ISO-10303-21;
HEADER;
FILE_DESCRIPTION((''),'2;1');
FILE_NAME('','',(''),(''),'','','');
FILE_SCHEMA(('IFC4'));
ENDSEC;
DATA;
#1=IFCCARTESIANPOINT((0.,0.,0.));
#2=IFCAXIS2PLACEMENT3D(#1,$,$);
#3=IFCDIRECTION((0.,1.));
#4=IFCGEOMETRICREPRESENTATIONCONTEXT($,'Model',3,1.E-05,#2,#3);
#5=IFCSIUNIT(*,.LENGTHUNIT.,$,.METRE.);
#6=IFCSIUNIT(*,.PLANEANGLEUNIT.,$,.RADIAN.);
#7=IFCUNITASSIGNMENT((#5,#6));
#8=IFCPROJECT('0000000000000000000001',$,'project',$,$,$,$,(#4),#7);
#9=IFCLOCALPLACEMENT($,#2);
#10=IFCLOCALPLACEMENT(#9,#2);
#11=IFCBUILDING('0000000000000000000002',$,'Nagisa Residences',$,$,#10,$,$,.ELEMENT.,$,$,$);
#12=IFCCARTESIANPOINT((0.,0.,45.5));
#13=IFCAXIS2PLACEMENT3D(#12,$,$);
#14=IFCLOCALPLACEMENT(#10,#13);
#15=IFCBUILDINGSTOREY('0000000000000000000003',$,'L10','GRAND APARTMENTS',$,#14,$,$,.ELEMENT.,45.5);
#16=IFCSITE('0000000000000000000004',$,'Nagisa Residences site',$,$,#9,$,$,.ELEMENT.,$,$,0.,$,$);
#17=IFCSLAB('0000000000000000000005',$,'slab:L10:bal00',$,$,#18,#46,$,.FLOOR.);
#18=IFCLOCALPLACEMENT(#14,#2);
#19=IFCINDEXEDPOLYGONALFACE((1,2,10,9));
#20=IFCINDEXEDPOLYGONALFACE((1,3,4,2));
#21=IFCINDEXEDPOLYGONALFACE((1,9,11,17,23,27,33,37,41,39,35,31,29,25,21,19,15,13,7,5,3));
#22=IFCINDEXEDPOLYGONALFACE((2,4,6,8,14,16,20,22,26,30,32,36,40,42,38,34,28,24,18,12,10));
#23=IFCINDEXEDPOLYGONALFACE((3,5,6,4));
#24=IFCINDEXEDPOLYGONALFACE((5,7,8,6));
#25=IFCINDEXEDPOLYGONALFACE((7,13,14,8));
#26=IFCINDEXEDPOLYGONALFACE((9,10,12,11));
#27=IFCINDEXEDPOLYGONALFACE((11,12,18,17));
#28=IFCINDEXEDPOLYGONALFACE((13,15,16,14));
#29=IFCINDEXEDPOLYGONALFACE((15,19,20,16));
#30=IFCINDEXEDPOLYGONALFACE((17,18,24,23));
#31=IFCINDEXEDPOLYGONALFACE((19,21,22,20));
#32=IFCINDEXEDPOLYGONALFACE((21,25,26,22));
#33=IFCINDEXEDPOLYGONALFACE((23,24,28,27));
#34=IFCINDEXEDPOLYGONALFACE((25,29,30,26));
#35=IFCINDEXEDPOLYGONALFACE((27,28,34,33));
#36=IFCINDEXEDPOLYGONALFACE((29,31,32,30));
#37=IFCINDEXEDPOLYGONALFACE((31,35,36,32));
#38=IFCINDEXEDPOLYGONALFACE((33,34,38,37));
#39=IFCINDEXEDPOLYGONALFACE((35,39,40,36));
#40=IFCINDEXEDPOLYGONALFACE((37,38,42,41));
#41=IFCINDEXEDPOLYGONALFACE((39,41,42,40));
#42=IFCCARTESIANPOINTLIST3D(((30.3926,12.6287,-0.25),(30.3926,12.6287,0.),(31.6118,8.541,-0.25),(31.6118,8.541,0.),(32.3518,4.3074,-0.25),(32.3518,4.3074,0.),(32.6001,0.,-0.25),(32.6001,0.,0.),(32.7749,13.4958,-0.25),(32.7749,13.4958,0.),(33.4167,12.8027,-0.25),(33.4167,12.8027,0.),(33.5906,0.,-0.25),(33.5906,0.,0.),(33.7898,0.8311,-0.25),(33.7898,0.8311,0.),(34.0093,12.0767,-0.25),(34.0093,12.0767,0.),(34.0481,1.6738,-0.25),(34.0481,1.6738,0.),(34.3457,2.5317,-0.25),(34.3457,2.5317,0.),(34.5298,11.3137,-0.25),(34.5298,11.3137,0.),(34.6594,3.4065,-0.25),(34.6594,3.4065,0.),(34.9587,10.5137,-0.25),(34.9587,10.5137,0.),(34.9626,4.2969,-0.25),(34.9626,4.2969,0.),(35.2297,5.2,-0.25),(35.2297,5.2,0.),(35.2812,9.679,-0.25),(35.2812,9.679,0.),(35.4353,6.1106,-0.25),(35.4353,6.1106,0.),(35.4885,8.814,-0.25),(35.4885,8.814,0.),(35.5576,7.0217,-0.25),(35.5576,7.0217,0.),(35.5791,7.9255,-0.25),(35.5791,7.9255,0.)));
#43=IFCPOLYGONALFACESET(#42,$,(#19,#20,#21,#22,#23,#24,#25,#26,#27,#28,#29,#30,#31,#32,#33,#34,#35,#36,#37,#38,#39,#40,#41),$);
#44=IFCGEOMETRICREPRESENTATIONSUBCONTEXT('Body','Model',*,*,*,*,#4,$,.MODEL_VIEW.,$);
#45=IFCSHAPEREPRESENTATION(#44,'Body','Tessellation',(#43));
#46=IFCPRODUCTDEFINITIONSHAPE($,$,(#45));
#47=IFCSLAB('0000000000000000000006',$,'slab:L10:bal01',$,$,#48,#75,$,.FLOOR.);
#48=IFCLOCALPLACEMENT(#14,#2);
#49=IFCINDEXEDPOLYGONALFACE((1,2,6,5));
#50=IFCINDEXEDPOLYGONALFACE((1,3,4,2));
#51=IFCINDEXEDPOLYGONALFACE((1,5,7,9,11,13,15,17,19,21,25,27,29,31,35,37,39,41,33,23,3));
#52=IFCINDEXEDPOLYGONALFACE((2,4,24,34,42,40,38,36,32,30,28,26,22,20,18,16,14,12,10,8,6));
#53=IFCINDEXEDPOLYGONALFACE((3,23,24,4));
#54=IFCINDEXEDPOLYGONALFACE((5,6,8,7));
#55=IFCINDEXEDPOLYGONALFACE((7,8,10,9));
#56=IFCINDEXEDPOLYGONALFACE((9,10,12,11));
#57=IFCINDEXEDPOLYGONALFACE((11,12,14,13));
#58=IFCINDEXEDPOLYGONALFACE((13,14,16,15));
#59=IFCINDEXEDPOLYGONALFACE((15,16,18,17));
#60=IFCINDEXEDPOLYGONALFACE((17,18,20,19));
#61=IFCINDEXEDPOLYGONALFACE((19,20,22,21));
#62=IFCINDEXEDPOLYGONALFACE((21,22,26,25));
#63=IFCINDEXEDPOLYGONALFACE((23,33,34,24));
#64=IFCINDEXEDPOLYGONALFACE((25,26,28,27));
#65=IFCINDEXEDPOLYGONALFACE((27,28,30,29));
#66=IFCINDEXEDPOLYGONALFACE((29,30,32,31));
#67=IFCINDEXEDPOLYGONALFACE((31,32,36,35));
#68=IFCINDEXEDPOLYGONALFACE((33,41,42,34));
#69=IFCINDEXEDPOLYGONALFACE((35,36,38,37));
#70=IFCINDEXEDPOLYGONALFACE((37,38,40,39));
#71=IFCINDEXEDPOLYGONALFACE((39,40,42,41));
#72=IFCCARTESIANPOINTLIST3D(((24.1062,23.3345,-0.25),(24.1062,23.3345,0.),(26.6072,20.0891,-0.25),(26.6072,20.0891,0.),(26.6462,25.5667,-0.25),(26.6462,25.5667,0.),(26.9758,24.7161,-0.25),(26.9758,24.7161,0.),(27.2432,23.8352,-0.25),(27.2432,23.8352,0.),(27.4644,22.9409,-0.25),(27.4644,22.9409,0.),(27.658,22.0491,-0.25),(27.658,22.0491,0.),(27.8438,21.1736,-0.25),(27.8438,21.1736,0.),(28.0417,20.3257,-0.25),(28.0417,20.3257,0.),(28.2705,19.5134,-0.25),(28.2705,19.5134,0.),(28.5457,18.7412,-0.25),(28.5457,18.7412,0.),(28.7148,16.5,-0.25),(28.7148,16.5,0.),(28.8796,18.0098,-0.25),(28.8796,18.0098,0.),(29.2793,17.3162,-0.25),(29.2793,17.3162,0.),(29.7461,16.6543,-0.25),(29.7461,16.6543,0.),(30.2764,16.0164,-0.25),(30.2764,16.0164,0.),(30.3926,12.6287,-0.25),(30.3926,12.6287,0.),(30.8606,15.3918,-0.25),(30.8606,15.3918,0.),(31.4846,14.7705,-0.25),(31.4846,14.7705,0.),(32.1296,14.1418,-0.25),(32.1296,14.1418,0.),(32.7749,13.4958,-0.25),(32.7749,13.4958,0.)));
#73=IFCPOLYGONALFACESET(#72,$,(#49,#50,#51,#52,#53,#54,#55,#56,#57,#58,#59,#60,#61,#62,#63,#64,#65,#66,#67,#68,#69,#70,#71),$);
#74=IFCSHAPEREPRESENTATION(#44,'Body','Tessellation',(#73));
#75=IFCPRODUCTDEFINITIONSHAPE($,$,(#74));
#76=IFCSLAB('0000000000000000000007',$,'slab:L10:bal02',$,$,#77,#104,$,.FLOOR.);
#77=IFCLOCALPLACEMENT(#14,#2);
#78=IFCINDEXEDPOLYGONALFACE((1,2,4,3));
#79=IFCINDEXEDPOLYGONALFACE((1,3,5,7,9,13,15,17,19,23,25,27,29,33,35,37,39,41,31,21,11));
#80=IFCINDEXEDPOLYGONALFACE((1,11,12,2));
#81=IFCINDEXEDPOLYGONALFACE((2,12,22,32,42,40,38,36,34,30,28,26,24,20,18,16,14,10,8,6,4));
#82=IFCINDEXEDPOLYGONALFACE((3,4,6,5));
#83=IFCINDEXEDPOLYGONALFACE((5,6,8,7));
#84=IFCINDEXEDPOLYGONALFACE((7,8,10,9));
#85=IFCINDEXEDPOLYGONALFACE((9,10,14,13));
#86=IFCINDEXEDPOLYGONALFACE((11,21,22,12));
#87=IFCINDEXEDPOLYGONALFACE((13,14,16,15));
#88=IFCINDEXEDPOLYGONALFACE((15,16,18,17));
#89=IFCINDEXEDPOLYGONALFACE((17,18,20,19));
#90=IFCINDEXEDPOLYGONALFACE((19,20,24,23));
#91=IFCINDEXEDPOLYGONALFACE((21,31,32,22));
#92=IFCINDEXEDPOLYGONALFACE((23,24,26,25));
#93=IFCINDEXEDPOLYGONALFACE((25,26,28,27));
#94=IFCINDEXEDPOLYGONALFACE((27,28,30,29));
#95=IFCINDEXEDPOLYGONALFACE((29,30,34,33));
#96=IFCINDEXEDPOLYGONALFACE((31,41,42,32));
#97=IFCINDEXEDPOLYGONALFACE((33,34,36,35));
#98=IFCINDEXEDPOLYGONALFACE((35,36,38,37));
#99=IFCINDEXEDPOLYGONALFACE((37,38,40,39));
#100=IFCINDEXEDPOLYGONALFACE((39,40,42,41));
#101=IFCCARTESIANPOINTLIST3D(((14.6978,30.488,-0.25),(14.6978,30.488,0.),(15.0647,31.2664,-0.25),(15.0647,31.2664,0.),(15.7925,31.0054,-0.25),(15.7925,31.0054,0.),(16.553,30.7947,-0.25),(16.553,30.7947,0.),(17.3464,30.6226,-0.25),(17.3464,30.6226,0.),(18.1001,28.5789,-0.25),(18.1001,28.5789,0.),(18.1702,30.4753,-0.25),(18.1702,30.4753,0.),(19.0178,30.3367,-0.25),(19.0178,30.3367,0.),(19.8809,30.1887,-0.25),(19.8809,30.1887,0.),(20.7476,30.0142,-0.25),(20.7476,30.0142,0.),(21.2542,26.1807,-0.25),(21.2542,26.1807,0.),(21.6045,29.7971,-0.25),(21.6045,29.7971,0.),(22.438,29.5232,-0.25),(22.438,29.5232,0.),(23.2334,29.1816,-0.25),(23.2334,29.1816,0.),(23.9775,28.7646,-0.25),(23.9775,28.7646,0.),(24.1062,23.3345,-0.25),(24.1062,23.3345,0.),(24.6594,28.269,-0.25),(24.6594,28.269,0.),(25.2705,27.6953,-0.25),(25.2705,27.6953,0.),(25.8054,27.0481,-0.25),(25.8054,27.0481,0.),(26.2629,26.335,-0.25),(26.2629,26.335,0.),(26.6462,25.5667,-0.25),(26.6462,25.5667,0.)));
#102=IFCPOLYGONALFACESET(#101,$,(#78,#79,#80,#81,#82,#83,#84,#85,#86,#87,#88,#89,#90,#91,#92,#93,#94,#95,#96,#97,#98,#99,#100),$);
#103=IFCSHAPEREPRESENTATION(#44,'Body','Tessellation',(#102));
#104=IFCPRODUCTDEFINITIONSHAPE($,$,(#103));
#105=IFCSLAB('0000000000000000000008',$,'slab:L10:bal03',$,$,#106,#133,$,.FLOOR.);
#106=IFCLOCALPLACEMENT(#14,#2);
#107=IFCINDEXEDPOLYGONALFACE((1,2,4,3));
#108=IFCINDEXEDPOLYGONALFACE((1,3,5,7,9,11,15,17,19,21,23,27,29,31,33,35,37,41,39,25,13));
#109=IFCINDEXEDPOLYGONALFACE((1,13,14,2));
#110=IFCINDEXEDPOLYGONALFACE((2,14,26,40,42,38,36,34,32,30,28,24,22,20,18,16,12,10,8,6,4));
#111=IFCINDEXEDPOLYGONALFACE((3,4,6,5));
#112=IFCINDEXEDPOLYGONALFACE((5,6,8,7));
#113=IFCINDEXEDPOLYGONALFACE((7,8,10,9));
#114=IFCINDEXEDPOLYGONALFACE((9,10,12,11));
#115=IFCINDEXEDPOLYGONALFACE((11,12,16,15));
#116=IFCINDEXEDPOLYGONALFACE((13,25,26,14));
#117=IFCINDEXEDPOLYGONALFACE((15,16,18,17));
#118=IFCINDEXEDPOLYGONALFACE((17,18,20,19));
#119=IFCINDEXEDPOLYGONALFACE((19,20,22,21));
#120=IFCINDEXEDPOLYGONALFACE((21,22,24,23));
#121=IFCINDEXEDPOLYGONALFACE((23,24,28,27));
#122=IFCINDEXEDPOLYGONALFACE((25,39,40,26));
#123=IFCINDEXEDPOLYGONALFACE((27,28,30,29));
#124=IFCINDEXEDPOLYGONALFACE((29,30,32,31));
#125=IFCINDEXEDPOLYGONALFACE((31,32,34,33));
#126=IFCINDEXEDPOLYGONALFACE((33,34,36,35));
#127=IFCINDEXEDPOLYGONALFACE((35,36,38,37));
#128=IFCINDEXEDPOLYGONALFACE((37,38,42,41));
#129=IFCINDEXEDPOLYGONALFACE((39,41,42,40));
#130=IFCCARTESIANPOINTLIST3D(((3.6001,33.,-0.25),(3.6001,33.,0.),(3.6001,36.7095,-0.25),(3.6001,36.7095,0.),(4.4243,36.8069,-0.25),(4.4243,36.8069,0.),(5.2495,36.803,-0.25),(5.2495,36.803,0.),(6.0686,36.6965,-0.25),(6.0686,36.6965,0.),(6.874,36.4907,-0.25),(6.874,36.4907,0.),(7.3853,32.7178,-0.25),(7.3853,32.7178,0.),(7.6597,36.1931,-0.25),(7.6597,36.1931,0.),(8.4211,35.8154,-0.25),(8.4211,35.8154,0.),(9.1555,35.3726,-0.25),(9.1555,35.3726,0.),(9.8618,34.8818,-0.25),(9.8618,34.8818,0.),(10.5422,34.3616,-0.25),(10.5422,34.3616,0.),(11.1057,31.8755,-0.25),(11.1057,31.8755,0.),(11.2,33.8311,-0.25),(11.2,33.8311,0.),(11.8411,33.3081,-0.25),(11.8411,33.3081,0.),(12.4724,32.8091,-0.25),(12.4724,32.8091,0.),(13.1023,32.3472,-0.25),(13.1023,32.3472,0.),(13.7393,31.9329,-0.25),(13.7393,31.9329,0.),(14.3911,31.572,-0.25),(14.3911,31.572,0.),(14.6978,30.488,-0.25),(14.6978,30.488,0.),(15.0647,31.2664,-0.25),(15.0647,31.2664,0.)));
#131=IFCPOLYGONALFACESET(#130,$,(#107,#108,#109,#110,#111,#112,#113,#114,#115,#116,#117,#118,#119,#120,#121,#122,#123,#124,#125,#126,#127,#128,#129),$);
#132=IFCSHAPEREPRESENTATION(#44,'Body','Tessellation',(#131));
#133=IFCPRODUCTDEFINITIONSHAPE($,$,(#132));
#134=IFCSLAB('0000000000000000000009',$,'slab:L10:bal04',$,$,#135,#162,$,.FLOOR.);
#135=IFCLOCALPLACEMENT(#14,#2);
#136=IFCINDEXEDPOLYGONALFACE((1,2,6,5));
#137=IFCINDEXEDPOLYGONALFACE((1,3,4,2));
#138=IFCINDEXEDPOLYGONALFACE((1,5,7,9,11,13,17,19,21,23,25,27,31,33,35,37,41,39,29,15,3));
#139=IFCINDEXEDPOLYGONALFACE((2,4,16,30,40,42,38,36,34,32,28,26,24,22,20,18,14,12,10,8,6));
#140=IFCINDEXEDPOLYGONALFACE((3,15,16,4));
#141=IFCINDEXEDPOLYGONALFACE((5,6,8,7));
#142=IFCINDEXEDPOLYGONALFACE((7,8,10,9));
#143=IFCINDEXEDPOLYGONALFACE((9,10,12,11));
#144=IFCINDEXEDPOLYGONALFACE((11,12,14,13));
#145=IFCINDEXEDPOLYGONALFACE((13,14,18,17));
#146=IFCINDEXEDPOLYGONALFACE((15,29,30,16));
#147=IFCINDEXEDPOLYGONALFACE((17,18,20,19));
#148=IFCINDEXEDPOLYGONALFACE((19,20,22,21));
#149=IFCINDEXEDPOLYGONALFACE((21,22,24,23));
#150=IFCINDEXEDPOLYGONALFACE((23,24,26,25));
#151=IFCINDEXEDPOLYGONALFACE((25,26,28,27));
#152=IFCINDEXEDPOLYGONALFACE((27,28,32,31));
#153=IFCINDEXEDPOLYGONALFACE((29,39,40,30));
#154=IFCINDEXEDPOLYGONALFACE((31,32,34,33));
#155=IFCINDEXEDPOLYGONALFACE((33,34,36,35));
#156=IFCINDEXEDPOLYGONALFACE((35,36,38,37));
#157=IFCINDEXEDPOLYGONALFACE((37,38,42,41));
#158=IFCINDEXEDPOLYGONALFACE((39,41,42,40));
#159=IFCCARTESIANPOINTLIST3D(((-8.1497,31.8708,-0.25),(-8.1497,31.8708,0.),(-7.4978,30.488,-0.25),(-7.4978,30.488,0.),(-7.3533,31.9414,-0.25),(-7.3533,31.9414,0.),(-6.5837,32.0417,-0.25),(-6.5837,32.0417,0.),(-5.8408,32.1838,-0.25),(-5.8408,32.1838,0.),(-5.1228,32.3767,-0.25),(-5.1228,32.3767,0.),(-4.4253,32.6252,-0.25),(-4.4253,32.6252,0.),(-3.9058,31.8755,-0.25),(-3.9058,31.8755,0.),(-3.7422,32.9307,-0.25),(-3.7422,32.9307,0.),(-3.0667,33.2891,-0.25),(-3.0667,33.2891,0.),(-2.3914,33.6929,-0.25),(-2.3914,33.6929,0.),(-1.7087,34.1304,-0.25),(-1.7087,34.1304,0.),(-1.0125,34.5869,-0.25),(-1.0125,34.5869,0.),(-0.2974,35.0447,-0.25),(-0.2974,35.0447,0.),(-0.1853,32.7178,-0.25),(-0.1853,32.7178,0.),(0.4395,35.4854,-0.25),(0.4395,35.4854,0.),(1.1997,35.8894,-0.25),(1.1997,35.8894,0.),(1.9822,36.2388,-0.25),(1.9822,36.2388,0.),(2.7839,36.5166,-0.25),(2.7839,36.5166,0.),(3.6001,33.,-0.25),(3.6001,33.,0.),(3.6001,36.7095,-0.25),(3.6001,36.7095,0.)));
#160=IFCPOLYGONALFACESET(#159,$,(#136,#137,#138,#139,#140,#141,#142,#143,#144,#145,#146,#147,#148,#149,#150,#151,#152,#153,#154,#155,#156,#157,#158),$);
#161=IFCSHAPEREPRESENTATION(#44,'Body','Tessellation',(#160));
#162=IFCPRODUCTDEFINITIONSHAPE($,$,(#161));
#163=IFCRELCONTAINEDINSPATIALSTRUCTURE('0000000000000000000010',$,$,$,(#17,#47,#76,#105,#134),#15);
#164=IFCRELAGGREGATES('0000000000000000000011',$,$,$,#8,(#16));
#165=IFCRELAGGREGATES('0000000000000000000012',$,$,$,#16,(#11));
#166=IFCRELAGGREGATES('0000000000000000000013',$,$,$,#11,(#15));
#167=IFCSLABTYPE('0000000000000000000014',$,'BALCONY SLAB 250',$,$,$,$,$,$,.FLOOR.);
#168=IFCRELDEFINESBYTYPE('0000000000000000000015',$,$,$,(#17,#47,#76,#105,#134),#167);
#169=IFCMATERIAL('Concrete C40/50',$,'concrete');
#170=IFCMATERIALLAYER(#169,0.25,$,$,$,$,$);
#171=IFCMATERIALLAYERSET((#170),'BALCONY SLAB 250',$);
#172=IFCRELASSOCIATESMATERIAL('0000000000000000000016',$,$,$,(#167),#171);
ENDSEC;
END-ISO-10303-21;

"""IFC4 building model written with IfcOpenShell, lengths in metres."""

from ifc_helpers import new_model, si_unit, direction, frame, origin, place, context, subcontext, project, spatial, polyline, outline, extrude, material, layer, layer_set, type_object, element, save


model = new_model("IFC4")

# Units and contexts
model_context = context("Model", 3, precision=1e-05, world=origin(), true_north=direction((0.0, 1.0)))
body_context = subcontext(model_context, "Body", "Model", "MODEL_VIEW")
ifc_project = project(units=[si_unit("LENGTHUNIT", "METRE"), si_unit("PLANEANGLEUNIT", "RADIAN")], contexts=[model_context])

# Site, building, storey
site_placement = place(None, origin())
site = spatial("IfcSite", under=ifc_project, at=site_placement, Name="Nagisa Residences site", CompositionType="ELEMENT", RefElevation=0.0)
building_placement = place(site_placement, origin())
building = spatial("IfcBuilding", under=site, at=building_placement, Name="Nagisa Residences", CompositionType="ELEMENT")
storey_placement = place(building_placement, frame((0.0, 0.0, 45.5)))
storey = spatial("IfcBuildingStorey", under=building, at=storey_placement, Name="L10", Description="GRAND APARTMENTS", CompositionType="ELEMENT", Elevation=45.5)

# Slabs
ifc_material_1 = material(Name="Concrete C40/50", Category="concrete")
ifc_layer_1 = layer(ifc_material_1, 0.25)
ifc_layer_set_1 = layer_set([ifc_layer_1], Name="BALCONY SLAB 250")
slab_type_1 = type_object("IfcSlabType", Name="BALCONY SLAB 250", PredefinedType="FLOOR", material=ifc_layer_set_1)
slab_1_placement = place(storey_placement, frame((0.0, 0.0, -0.25)))
element("IfcSlab", 1, at=slab_1_placement, inside=storey, type_object=slab_type_1, Name="slab:L10:bal00", PredefinedType="FLOOR", context=body_context, shape_type="SweptSolid", body=[
    extrude(outline(polyline([(33.5906, 0.0), (33.7898, 0.8311), (34.0481, 1.6738), (34.3457, 2.5317), (34.6594, 3.4065), (34.9626, 4.2969), (35.2297, 5.2), (35.4353, 6.1106), (35.5576, 7.0217), (35.5791, 7.9255), (35.4885, 8.814), (35.2812, 9.679), (34.9587, 10.5137), (34.5298, 11.3137), (34.0093, 12.0767), (33.4167, 12.8027), (32.7749, 13.4958), (30.3926, 12.6287), (31.6118, 8.541), (32.3518, 4.3074), (32.6001, 0.0), (33.5906, 0.0)])), origin(), (0.0, 0.0, 1.0), 0.25),
])
slab_2_placement = place(storey_placement, frame((0.0, 0.0, -0.25)))
element("IfcSlab", 2, at=slab_2_placement, inside=storey, type_object=slab_type_1, Name="slab:L10:bal01", PredefinedType="FLOOR", context=body_context, shape_type="SweptSolid", body=[
    extrude(outline(polyline([(32.7749, 13.4958), (32.1296, 14.1418), (31.4846, 14.7705), (30.8606, 15.3918), (30.2764, 16.0164), (29.7461, 16.6543), (29.2793, 17.3162), (28.8796, 18.0098), (28.5457, 18.7412), (28.2705, 19.5134), (28.0417, 20.3257), (27.8438, 21.1736), (27.658, 22.0491), (27.4644, 22.9409), (27.2432, 23.8352), (26.9758, 24.7161), (26.6462, 25.5667), (24.1062, 23.3345), (26.6072, 20.0891), (28.7148, 16.5), (30.3926, 12.6287), (32.7749, 13.4958)])), origin(), (0.0, 0.0, 1.0), 0.25),
])
slab_3_placement = place(storey_placement, frame((0.0, 0.0, -0.25)))
element("IfcSlab", 3, at=slab_3_placement, inside=storey, type_object=slab_type_1, Name="slab:L10:bal02", PredefinedType="FLOOR", context=body_context, shape_type="SweptSolid", body=[
    extrude(outline(polyline([(26.6462, 25.5667), (26.2629, 26.335), (25.8054, 27.0481), (25.2705, 27.6953), (24.6594, 28.269), (23.9775, 28.7646), (23.2334, 29.1816), (22.438, 29.5232), (21.6045, 29.7971), (20.7476, 30.0142), (19.8809, 30.1887), (19.0178, 30.3367), (18.1702, 30.4753), (17.3464, 30.6226), (16.553, 30.7947), (15.7925, 31.0054), (15.0647, 31.2664), (14.6978, 30.488), (18.1001, 28.5789), (21.2542, 26.1807), (24.1062, 23.3345), (26.6462, 25.5667)])), origin(), (0.0, 0.0, 1.0), 0.25),
])
slab_4_placement = place(storey_placement, frame((0.0, 0.0, -0.25)))
element("IfcSlab", 4, at=slab_4_placement, inside=storey, type_object=slab_type_1, Name="slab:L10:bal03", PredefinedType="FLOOR", context=body_context, shape_type="SweptSolid", body=[
    extrude(outline(polyline([(15.0647, 31.2664), (14.3911, 31.572), (13.7393, 31.9329), (13.1023, 32.3472), (12.4724, 32.8091), (11.8411, 33.3081), (11.2, 33.8311), (10.5422, 34.3616), (9.8618, 34.8818), (9.1555, 35.3726), (8.4211, 35.8154), (7.6597, 36.1931), (6.874, 36.4907), (6.0686, 36.6965), (5.2495, 36.803), (4.4243, 36.8069), (3.6001, 36.7095), (3.6001, 33.0), (7.3853, 32.7178), (11.1057, 31.8755), (14.6978, 30.488), (15.0647, 31.2664)])), origin(), (0.0, 0.0, 1.0), 0.25),
])
slab_5_placement = place(storey_placement, frame((0.0, 0.0, -0.25)))
element("IfcSlab", 5, at=slab_5_placement, inside=storey, type_object=slab_type_1, Name="slab:L10:bal04", PredefinedType="FLOOR", context=body_context, shape_type="SweptSolid", body=[
    extrude(outline(polyline([(3.6001, 36.7095), (2.7839, 36.5166), (1.9822, 36.2388), (1.1997, 35.8894), (0.4395, 35.4854), (-0.2974, 35.0447), (-1.0125, 34.5869), (-1.7087, 34.1304), (-2.3914, 33.6929), (-3.0667, 33.2891), (-3.7422, 32.9307), (-4.4253, 32.6252), (-5.1228, 32.3767), (-5.8408, 32.1838), (-6.5837, 32.0417), (-7.3533, 31.9414), (-8.1497, 31.8708), (-7.4978, 30.488), (-3.9058, 31.8755), (-0.1853, 32.7178), (3.6001, 33.0), (3.6001, 36.7095)])), origin(), (0.0, 0.0, 1.0), 0.25),
])

save(model, "model.ifc")
